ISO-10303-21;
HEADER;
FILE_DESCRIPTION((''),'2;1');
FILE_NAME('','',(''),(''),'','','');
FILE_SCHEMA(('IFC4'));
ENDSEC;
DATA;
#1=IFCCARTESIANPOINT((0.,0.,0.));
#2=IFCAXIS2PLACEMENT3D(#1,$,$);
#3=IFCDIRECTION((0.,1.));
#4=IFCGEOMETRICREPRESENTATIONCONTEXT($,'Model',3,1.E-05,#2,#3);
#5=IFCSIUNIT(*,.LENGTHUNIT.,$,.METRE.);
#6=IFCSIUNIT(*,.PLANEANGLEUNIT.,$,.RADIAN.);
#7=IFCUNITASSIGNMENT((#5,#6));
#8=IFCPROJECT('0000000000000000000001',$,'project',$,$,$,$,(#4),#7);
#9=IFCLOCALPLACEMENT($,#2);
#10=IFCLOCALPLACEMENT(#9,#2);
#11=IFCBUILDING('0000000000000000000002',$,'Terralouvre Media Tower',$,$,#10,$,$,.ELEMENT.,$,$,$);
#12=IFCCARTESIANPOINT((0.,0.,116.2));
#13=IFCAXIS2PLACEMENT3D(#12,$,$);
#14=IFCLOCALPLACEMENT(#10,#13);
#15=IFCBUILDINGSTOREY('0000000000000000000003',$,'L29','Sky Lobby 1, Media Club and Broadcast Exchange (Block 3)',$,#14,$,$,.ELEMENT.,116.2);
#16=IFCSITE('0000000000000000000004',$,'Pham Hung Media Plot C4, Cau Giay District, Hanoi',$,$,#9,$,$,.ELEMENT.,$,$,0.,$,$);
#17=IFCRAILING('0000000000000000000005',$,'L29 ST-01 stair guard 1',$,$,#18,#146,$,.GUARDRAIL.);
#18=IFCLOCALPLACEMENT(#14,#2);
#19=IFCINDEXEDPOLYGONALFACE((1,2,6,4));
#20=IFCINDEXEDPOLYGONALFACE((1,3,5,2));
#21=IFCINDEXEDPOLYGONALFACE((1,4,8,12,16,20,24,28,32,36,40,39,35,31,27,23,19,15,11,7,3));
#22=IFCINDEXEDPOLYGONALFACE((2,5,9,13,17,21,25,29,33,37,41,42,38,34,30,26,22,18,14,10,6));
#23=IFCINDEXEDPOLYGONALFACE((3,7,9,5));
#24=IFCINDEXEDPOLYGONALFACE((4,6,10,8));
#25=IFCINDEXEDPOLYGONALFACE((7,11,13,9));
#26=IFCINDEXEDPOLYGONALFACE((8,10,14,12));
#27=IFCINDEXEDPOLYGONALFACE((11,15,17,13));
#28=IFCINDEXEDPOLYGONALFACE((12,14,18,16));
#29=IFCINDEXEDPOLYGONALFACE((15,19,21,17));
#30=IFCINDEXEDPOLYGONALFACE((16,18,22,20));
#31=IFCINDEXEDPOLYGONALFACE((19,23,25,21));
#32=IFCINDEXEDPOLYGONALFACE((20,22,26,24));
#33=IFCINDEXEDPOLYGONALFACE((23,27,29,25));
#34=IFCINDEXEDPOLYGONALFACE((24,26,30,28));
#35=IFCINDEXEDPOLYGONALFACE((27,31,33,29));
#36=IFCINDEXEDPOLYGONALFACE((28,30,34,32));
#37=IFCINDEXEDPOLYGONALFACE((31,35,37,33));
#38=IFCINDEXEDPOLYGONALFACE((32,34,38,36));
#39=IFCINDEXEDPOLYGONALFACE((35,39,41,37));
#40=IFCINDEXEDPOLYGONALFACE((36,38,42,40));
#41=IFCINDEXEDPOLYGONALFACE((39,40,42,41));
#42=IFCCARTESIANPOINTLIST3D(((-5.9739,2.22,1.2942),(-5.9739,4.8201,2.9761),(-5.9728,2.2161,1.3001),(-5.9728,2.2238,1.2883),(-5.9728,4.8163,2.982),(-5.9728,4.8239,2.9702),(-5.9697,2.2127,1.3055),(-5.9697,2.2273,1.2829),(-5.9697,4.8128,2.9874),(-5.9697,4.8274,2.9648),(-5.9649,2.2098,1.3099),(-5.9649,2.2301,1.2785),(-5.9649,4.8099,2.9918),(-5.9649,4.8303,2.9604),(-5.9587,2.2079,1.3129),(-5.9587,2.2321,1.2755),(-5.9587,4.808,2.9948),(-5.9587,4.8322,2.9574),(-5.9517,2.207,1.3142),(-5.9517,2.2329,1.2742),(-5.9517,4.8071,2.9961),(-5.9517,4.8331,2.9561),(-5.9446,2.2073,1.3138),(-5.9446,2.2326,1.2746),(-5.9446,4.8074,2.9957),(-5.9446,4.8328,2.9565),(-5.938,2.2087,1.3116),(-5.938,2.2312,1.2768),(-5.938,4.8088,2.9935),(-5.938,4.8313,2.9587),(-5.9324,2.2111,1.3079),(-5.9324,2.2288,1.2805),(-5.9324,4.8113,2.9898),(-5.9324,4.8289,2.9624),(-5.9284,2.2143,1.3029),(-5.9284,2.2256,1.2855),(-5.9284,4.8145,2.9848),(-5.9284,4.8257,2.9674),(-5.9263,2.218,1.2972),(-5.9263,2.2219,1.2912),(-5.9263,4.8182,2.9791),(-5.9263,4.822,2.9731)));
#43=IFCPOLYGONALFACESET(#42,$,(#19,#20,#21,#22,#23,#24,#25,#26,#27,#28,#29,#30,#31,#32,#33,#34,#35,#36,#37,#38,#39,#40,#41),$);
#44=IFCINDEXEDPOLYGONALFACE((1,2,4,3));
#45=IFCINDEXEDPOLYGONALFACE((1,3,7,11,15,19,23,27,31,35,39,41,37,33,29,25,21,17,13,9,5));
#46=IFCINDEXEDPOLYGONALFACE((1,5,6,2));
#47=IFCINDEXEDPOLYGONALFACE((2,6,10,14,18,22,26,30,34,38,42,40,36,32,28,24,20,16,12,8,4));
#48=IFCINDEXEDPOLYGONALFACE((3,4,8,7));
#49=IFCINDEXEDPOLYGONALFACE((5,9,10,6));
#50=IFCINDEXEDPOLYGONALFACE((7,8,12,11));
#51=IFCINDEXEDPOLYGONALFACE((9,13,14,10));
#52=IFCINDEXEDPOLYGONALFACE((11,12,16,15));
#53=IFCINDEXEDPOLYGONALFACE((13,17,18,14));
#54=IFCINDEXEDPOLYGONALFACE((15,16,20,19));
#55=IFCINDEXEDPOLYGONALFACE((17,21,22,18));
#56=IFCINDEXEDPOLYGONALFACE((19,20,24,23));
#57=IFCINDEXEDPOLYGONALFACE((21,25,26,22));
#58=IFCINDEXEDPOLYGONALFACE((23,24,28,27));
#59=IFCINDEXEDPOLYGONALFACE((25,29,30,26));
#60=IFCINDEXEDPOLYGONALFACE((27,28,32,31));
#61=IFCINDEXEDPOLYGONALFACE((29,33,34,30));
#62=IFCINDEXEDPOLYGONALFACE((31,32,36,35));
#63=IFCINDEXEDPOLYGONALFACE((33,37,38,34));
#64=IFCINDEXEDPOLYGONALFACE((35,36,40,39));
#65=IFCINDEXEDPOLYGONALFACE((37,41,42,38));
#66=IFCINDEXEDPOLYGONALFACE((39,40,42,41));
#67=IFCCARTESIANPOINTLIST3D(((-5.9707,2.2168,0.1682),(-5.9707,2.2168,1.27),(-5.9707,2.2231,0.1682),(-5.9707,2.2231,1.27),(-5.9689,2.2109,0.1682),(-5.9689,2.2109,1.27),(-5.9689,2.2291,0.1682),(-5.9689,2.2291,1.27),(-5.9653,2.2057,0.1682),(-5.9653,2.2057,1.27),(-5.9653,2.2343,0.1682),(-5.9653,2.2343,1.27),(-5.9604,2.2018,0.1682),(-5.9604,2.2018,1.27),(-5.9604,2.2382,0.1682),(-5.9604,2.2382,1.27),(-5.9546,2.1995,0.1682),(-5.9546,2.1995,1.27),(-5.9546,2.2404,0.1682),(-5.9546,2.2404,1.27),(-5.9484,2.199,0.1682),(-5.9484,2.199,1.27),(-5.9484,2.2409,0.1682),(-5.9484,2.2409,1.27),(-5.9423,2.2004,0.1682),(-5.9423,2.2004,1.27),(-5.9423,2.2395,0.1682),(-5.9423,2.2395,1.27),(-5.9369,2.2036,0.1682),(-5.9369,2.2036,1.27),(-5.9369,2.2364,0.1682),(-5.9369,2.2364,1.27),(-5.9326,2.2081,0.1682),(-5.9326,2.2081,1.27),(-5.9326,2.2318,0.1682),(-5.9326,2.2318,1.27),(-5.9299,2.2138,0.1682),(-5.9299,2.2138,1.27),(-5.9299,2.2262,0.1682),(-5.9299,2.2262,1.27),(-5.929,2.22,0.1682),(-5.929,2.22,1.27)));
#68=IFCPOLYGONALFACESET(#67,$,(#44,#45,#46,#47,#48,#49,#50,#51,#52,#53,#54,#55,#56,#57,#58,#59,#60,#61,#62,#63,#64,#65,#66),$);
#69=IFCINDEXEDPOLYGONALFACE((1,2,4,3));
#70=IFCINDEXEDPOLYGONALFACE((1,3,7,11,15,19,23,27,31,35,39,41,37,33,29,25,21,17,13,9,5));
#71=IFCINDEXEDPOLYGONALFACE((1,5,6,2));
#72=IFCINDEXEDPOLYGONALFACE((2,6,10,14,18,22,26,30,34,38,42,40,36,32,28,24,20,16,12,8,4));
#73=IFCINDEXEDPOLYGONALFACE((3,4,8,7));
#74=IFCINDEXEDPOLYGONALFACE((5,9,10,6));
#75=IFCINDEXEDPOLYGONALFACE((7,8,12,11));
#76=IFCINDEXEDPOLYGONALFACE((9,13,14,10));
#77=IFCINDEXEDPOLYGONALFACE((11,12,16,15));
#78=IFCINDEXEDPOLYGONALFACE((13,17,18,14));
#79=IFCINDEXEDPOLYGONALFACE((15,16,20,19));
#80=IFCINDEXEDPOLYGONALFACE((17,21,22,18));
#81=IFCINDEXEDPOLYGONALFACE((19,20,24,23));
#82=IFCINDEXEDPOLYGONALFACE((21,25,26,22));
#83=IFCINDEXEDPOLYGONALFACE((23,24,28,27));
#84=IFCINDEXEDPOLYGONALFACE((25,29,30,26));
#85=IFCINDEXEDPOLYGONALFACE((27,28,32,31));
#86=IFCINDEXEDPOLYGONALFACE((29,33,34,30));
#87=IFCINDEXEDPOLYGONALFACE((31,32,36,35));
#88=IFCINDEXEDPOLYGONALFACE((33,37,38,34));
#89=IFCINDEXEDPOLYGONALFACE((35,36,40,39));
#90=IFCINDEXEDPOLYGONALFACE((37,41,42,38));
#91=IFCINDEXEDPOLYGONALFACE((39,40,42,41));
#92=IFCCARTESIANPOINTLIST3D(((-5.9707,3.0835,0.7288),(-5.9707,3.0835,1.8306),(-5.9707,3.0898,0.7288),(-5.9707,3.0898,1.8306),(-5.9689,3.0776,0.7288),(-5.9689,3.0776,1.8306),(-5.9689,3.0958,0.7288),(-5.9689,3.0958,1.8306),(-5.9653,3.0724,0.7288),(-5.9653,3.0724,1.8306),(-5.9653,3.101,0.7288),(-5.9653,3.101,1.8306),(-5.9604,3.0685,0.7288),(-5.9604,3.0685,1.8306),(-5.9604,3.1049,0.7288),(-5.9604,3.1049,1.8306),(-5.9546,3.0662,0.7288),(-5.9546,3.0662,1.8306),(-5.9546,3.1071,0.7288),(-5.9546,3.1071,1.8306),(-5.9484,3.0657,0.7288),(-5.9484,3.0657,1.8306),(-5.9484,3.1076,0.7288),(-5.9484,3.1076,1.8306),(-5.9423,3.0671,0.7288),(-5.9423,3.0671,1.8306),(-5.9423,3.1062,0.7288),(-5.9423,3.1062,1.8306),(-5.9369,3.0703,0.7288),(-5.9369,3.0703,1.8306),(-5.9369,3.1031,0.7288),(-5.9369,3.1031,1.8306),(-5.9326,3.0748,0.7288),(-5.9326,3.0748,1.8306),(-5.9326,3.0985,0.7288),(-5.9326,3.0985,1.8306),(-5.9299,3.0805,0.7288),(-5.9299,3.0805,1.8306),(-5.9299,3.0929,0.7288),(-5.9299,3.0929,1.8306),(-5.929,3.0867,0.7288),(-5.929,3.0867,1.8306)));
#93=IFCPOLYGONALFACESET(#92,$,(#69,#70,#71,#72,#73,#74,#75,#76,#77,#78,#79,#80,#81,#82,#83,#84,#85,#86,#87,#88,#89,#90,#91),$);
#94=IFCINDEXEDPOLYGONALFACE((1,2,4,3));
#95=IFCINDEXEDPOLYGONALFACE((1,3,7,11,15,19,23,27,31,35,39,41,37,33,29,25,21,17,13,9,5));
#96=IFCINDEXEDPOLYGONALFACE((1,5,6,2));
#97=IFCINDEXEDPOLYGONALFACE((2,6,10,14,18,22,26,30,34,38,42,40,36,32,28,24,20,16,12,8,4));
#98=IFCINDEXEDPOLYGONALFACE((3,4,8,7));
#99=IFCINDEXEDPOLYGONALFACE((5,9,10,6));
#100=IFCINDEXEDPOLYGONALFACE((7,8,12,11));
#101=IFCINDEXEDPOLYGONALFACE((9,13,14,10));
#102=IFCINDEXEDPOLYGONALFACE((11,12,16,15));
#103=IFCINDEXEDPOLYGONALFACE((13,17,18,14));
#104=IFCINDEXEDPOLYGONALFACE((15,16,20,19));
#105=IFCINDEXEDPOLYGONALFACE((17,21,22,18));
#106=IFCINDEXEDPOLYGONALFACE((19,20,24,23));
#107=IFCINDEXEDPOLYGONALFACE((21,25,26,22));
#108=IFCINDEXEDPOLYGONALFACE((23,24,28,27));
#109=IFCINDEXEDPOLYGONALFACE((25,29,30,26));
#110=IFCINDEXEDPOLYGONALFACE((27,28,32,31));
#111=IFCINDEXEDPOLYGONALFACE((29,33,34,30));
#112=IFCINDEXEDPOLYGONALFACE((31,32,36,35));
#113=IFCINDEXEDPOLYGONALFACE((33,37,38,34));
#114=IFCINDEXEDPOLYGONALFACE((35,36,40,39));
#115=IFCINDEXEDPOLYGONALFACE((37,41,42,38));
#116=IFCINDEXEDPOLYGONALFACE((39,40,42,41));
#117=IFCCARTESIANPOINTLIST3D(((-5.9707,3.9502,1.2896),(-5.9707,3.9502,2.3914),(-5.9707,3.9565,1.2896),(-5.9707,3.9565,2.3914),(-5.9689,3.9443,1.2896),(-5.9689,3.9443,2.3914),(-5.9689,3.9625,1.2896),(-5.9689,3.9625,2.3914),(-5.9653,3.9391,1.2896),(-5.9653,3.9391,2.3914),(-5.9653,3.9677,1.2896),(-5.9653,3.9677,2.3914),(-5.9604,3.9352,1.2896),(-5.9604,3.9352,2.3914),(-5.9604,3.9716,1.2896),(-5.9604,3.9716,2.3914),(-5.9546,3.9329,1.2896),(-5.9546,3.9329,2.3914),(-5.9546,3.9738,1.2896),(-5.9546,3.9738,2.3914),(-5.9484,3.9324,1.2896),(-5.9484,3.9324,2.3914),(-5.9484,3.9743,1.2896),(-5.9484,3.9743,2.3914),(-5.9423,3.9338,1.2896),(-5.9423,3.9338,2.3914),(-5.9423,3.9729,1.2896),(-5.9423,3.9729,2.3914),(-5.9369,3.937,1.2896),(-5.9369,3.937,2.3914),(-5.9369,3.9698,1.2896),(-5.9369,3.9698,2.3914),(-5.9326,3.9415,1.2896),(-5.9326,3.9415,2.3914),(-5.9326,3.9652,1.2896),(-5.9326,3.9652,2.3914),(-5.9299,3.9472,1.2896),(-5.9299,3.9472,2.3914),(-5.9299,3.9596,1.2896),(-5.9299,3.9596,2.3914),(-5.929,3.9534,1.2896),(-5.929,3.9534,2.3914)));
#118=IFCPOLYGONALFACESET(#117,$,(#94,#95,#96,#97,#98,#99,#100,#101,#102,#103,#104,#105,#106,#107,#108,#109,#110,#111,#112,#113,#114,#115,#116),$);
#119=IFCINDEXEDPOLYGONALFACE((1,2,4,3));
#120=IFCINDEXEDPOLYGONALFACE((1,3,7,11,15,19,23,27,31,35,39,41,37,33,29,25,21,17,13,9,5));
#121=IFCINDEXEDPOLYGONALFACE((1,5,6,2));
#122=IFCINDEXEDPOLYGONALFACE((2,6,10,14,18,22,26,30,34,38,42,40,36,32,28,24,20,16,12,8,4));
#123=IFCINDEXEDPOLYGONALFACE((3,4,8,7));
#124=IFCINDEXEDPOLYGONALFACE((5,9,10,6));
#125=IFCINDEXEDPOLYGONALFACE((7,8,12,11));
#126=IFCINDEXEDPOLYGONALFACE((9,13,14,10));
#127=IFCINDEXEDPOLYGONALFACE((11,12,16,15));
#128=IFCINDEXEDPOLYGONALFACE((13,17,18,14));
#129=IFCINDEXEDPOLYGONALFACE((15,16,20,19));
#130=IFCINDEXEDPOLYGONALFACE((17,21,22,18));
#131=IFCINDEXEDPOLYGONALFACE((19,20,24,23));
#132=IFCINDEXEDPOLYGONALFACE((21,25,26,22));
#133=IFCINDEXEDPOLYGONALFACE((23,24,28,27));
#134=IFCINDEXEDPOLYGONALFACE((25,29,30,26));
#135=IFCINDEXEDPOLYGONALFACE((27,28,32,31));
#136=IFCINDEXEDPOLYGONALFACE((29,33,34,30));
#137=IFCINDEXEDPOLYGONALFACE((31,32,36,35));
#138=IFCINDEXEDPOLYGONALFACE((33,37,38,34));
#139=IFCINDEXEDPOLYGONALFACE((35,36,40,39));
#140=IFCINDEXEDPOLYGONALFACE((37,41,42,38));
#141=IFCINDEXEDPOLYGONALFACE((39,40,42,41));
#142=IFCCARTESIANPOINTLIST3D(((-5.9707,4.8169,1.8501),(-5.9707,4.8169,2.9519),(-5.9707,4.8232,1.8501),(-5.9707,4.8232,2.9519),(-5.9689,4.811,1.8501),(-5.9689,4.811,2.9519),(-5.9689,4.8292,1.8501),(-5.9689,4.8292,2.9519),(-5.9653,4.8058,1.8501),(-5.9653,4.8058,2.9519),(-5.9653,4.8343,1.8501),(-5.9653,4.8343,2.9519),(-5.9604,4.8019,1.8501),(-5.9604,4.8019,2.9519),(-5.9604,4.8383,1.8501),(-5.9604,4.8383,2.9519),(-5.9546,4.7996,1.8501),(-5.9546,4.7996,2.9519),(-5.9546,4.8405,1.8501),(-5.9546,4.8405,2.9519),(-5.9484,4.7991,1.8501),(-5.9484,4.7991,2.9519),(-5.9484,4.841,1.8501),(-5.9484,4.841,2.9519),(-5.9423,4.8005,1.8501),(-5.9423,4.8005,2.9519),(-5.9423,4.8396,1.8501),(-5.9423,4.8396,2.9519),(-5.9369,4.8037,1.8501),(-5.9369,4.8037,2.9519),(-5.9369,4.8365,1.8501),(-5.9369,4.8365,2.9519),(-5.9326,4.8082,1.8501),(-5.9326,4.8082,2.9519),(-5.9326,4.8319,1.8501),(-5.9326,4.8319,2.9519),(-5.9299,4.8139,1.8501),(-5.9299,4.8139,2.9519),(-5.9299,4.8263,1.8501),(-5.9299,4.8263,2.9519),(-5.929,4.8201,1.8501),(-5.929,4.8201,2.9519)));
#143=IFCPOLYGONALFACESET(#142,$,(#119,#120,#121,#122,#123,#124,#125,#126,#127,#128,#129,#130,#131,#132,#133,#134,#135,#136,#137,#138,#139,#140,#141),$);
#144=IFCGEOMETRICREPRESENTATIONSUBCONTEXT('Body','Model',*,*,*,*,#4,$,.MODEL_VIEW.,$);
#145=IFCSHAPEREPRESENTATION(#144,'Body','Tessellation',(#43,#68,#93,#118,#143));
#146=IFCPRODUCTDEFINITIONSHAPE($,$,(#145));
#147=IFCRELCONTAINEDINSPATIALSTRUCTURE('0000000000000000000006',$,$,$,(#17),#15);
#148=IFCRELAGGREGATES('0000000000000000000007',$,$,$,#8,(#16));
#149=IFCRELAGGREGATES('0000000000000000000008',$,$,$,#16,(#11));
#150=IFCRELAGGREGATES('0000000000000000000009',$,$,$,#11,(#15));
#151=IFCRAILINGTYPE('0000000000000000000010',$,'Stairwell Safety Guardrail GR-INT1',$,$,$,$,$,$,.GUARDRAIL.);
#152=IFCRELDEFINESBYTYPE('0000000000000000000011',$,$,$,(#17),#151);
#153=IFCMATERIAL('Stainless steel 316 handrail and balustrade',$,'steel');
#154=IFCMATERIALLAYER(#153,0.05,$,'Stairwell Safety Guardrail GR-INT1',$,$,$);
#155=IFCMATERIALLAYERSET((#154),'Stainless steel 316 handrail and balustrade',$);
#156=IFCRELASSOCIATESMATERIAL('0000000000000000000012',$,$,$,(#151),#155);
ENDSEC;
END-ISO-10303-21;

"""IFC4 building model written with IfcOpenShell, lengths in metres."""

from ifc_helpers import new_model, si_unit, direction, frame, origin, origin_2d, place, context, subcontext, project, spatial, circle, extrude, material, layer, layer_set, type_object, element, save


model = new_model("IFC4")

# Units and contexts
model_context = context("Model", 3, precision=1e-05, world=origin(), true_north=direction((0.0, 1.0)))
body_context = subcontext(model_context, "Body", "Model", "MODEL_VIEW")
ifc_project = project(units=[si_unit("LENGTHUNIT", "METRE"), si_unit("PLANEANGLEUNIT", "RADIAN")], contexts=[model_context])

# Site, building, storey
site_placement = place(None, origin())
site = spatial("IfcSite", under=ifc_project, at=site_placement, Name="Pham Hung Media Plot C4, Cau Giay District, Hanoi", CompositionType="ELEMENT", RefElevation=0.0)
building_placement = place(site_placement, origin())
building = spatial("IfcBuilding", under=site, at=building_placement, Name="Terralouvre Media Tower", CompositionType="ELEMENT")
storey_placement = place(building_placement, frame((0.0, 0.0, 116.2)))
storey = spatial("IfcBuildingStorey", under=building, at=storey_placement, Name="L29", Description="Sky Lobby 1, Media Club and Broadcast Exchange (Block 3)", CompositionType="ELEMENT", Elevation=116.2)

# Railing
ifc_material_1 = material(Name="Stainless steel 316 handrail and balustrade", Category="steel")
ifc_layer_1 = layer(ifc_material_1, 0.05, Name="Stairwell Safety Guardrail GR-INT1")
ifc_layer_set_1 = layer_set([ifc_layer_1], Name="Stainless steel 316 handrail and balustrade")
railing_type_1 = type_object("IfcRailingType", Name="Stairwell Safety Guardrail GR-INT1", PredefinedType="GUARDRAIL", material=ifc_layer_set_1)
railing_1_placement = place(storey_placement, frame((-5.95, 2.22, 0.1682)))
element("IfcRailing", 1, at=railing_1_placement, inside=storey, type_object=railing_type_1, Name="L29 ST-01 stair guard 1", PredefinedType="GUARDRAIL", context=body_context, shape_type="SweptSolid", body=[
    extrude(circle(Radius=0.0239, at=origin_2d()), frame((0.0, 0.0, 1.126), z_axis=(0.0, 0.839648, 0.54313), x_axis=(-1.0, 0.0, 0.0)), (0.0, 0.0, 1.0), 3.0967),
    extrude(circle(Radius=0.021, at=origin_2d()), origin(), (0.0, 0.0, 1.0), 1.1018),
    extrude(circle(Radius=0.021, at=origin_2d()), frame((0.0, 0.8667, 0.5605)), (0.0, 0.0, 1.0), 1.1018),
    extrude(circle(Radius=0.021, at=origin_2d()), frame((0.0, 1.7334, 1.1213)), (0.0, 0.0, 1.0), 1.1018),
    extrude(circle(Radius=0.021, at=origin_2d()), frame((0.0, 2.6001, 1.6819)), (0.0, 0.0, 1.0), 1.1018),
])

save(model, "model.ifc")
